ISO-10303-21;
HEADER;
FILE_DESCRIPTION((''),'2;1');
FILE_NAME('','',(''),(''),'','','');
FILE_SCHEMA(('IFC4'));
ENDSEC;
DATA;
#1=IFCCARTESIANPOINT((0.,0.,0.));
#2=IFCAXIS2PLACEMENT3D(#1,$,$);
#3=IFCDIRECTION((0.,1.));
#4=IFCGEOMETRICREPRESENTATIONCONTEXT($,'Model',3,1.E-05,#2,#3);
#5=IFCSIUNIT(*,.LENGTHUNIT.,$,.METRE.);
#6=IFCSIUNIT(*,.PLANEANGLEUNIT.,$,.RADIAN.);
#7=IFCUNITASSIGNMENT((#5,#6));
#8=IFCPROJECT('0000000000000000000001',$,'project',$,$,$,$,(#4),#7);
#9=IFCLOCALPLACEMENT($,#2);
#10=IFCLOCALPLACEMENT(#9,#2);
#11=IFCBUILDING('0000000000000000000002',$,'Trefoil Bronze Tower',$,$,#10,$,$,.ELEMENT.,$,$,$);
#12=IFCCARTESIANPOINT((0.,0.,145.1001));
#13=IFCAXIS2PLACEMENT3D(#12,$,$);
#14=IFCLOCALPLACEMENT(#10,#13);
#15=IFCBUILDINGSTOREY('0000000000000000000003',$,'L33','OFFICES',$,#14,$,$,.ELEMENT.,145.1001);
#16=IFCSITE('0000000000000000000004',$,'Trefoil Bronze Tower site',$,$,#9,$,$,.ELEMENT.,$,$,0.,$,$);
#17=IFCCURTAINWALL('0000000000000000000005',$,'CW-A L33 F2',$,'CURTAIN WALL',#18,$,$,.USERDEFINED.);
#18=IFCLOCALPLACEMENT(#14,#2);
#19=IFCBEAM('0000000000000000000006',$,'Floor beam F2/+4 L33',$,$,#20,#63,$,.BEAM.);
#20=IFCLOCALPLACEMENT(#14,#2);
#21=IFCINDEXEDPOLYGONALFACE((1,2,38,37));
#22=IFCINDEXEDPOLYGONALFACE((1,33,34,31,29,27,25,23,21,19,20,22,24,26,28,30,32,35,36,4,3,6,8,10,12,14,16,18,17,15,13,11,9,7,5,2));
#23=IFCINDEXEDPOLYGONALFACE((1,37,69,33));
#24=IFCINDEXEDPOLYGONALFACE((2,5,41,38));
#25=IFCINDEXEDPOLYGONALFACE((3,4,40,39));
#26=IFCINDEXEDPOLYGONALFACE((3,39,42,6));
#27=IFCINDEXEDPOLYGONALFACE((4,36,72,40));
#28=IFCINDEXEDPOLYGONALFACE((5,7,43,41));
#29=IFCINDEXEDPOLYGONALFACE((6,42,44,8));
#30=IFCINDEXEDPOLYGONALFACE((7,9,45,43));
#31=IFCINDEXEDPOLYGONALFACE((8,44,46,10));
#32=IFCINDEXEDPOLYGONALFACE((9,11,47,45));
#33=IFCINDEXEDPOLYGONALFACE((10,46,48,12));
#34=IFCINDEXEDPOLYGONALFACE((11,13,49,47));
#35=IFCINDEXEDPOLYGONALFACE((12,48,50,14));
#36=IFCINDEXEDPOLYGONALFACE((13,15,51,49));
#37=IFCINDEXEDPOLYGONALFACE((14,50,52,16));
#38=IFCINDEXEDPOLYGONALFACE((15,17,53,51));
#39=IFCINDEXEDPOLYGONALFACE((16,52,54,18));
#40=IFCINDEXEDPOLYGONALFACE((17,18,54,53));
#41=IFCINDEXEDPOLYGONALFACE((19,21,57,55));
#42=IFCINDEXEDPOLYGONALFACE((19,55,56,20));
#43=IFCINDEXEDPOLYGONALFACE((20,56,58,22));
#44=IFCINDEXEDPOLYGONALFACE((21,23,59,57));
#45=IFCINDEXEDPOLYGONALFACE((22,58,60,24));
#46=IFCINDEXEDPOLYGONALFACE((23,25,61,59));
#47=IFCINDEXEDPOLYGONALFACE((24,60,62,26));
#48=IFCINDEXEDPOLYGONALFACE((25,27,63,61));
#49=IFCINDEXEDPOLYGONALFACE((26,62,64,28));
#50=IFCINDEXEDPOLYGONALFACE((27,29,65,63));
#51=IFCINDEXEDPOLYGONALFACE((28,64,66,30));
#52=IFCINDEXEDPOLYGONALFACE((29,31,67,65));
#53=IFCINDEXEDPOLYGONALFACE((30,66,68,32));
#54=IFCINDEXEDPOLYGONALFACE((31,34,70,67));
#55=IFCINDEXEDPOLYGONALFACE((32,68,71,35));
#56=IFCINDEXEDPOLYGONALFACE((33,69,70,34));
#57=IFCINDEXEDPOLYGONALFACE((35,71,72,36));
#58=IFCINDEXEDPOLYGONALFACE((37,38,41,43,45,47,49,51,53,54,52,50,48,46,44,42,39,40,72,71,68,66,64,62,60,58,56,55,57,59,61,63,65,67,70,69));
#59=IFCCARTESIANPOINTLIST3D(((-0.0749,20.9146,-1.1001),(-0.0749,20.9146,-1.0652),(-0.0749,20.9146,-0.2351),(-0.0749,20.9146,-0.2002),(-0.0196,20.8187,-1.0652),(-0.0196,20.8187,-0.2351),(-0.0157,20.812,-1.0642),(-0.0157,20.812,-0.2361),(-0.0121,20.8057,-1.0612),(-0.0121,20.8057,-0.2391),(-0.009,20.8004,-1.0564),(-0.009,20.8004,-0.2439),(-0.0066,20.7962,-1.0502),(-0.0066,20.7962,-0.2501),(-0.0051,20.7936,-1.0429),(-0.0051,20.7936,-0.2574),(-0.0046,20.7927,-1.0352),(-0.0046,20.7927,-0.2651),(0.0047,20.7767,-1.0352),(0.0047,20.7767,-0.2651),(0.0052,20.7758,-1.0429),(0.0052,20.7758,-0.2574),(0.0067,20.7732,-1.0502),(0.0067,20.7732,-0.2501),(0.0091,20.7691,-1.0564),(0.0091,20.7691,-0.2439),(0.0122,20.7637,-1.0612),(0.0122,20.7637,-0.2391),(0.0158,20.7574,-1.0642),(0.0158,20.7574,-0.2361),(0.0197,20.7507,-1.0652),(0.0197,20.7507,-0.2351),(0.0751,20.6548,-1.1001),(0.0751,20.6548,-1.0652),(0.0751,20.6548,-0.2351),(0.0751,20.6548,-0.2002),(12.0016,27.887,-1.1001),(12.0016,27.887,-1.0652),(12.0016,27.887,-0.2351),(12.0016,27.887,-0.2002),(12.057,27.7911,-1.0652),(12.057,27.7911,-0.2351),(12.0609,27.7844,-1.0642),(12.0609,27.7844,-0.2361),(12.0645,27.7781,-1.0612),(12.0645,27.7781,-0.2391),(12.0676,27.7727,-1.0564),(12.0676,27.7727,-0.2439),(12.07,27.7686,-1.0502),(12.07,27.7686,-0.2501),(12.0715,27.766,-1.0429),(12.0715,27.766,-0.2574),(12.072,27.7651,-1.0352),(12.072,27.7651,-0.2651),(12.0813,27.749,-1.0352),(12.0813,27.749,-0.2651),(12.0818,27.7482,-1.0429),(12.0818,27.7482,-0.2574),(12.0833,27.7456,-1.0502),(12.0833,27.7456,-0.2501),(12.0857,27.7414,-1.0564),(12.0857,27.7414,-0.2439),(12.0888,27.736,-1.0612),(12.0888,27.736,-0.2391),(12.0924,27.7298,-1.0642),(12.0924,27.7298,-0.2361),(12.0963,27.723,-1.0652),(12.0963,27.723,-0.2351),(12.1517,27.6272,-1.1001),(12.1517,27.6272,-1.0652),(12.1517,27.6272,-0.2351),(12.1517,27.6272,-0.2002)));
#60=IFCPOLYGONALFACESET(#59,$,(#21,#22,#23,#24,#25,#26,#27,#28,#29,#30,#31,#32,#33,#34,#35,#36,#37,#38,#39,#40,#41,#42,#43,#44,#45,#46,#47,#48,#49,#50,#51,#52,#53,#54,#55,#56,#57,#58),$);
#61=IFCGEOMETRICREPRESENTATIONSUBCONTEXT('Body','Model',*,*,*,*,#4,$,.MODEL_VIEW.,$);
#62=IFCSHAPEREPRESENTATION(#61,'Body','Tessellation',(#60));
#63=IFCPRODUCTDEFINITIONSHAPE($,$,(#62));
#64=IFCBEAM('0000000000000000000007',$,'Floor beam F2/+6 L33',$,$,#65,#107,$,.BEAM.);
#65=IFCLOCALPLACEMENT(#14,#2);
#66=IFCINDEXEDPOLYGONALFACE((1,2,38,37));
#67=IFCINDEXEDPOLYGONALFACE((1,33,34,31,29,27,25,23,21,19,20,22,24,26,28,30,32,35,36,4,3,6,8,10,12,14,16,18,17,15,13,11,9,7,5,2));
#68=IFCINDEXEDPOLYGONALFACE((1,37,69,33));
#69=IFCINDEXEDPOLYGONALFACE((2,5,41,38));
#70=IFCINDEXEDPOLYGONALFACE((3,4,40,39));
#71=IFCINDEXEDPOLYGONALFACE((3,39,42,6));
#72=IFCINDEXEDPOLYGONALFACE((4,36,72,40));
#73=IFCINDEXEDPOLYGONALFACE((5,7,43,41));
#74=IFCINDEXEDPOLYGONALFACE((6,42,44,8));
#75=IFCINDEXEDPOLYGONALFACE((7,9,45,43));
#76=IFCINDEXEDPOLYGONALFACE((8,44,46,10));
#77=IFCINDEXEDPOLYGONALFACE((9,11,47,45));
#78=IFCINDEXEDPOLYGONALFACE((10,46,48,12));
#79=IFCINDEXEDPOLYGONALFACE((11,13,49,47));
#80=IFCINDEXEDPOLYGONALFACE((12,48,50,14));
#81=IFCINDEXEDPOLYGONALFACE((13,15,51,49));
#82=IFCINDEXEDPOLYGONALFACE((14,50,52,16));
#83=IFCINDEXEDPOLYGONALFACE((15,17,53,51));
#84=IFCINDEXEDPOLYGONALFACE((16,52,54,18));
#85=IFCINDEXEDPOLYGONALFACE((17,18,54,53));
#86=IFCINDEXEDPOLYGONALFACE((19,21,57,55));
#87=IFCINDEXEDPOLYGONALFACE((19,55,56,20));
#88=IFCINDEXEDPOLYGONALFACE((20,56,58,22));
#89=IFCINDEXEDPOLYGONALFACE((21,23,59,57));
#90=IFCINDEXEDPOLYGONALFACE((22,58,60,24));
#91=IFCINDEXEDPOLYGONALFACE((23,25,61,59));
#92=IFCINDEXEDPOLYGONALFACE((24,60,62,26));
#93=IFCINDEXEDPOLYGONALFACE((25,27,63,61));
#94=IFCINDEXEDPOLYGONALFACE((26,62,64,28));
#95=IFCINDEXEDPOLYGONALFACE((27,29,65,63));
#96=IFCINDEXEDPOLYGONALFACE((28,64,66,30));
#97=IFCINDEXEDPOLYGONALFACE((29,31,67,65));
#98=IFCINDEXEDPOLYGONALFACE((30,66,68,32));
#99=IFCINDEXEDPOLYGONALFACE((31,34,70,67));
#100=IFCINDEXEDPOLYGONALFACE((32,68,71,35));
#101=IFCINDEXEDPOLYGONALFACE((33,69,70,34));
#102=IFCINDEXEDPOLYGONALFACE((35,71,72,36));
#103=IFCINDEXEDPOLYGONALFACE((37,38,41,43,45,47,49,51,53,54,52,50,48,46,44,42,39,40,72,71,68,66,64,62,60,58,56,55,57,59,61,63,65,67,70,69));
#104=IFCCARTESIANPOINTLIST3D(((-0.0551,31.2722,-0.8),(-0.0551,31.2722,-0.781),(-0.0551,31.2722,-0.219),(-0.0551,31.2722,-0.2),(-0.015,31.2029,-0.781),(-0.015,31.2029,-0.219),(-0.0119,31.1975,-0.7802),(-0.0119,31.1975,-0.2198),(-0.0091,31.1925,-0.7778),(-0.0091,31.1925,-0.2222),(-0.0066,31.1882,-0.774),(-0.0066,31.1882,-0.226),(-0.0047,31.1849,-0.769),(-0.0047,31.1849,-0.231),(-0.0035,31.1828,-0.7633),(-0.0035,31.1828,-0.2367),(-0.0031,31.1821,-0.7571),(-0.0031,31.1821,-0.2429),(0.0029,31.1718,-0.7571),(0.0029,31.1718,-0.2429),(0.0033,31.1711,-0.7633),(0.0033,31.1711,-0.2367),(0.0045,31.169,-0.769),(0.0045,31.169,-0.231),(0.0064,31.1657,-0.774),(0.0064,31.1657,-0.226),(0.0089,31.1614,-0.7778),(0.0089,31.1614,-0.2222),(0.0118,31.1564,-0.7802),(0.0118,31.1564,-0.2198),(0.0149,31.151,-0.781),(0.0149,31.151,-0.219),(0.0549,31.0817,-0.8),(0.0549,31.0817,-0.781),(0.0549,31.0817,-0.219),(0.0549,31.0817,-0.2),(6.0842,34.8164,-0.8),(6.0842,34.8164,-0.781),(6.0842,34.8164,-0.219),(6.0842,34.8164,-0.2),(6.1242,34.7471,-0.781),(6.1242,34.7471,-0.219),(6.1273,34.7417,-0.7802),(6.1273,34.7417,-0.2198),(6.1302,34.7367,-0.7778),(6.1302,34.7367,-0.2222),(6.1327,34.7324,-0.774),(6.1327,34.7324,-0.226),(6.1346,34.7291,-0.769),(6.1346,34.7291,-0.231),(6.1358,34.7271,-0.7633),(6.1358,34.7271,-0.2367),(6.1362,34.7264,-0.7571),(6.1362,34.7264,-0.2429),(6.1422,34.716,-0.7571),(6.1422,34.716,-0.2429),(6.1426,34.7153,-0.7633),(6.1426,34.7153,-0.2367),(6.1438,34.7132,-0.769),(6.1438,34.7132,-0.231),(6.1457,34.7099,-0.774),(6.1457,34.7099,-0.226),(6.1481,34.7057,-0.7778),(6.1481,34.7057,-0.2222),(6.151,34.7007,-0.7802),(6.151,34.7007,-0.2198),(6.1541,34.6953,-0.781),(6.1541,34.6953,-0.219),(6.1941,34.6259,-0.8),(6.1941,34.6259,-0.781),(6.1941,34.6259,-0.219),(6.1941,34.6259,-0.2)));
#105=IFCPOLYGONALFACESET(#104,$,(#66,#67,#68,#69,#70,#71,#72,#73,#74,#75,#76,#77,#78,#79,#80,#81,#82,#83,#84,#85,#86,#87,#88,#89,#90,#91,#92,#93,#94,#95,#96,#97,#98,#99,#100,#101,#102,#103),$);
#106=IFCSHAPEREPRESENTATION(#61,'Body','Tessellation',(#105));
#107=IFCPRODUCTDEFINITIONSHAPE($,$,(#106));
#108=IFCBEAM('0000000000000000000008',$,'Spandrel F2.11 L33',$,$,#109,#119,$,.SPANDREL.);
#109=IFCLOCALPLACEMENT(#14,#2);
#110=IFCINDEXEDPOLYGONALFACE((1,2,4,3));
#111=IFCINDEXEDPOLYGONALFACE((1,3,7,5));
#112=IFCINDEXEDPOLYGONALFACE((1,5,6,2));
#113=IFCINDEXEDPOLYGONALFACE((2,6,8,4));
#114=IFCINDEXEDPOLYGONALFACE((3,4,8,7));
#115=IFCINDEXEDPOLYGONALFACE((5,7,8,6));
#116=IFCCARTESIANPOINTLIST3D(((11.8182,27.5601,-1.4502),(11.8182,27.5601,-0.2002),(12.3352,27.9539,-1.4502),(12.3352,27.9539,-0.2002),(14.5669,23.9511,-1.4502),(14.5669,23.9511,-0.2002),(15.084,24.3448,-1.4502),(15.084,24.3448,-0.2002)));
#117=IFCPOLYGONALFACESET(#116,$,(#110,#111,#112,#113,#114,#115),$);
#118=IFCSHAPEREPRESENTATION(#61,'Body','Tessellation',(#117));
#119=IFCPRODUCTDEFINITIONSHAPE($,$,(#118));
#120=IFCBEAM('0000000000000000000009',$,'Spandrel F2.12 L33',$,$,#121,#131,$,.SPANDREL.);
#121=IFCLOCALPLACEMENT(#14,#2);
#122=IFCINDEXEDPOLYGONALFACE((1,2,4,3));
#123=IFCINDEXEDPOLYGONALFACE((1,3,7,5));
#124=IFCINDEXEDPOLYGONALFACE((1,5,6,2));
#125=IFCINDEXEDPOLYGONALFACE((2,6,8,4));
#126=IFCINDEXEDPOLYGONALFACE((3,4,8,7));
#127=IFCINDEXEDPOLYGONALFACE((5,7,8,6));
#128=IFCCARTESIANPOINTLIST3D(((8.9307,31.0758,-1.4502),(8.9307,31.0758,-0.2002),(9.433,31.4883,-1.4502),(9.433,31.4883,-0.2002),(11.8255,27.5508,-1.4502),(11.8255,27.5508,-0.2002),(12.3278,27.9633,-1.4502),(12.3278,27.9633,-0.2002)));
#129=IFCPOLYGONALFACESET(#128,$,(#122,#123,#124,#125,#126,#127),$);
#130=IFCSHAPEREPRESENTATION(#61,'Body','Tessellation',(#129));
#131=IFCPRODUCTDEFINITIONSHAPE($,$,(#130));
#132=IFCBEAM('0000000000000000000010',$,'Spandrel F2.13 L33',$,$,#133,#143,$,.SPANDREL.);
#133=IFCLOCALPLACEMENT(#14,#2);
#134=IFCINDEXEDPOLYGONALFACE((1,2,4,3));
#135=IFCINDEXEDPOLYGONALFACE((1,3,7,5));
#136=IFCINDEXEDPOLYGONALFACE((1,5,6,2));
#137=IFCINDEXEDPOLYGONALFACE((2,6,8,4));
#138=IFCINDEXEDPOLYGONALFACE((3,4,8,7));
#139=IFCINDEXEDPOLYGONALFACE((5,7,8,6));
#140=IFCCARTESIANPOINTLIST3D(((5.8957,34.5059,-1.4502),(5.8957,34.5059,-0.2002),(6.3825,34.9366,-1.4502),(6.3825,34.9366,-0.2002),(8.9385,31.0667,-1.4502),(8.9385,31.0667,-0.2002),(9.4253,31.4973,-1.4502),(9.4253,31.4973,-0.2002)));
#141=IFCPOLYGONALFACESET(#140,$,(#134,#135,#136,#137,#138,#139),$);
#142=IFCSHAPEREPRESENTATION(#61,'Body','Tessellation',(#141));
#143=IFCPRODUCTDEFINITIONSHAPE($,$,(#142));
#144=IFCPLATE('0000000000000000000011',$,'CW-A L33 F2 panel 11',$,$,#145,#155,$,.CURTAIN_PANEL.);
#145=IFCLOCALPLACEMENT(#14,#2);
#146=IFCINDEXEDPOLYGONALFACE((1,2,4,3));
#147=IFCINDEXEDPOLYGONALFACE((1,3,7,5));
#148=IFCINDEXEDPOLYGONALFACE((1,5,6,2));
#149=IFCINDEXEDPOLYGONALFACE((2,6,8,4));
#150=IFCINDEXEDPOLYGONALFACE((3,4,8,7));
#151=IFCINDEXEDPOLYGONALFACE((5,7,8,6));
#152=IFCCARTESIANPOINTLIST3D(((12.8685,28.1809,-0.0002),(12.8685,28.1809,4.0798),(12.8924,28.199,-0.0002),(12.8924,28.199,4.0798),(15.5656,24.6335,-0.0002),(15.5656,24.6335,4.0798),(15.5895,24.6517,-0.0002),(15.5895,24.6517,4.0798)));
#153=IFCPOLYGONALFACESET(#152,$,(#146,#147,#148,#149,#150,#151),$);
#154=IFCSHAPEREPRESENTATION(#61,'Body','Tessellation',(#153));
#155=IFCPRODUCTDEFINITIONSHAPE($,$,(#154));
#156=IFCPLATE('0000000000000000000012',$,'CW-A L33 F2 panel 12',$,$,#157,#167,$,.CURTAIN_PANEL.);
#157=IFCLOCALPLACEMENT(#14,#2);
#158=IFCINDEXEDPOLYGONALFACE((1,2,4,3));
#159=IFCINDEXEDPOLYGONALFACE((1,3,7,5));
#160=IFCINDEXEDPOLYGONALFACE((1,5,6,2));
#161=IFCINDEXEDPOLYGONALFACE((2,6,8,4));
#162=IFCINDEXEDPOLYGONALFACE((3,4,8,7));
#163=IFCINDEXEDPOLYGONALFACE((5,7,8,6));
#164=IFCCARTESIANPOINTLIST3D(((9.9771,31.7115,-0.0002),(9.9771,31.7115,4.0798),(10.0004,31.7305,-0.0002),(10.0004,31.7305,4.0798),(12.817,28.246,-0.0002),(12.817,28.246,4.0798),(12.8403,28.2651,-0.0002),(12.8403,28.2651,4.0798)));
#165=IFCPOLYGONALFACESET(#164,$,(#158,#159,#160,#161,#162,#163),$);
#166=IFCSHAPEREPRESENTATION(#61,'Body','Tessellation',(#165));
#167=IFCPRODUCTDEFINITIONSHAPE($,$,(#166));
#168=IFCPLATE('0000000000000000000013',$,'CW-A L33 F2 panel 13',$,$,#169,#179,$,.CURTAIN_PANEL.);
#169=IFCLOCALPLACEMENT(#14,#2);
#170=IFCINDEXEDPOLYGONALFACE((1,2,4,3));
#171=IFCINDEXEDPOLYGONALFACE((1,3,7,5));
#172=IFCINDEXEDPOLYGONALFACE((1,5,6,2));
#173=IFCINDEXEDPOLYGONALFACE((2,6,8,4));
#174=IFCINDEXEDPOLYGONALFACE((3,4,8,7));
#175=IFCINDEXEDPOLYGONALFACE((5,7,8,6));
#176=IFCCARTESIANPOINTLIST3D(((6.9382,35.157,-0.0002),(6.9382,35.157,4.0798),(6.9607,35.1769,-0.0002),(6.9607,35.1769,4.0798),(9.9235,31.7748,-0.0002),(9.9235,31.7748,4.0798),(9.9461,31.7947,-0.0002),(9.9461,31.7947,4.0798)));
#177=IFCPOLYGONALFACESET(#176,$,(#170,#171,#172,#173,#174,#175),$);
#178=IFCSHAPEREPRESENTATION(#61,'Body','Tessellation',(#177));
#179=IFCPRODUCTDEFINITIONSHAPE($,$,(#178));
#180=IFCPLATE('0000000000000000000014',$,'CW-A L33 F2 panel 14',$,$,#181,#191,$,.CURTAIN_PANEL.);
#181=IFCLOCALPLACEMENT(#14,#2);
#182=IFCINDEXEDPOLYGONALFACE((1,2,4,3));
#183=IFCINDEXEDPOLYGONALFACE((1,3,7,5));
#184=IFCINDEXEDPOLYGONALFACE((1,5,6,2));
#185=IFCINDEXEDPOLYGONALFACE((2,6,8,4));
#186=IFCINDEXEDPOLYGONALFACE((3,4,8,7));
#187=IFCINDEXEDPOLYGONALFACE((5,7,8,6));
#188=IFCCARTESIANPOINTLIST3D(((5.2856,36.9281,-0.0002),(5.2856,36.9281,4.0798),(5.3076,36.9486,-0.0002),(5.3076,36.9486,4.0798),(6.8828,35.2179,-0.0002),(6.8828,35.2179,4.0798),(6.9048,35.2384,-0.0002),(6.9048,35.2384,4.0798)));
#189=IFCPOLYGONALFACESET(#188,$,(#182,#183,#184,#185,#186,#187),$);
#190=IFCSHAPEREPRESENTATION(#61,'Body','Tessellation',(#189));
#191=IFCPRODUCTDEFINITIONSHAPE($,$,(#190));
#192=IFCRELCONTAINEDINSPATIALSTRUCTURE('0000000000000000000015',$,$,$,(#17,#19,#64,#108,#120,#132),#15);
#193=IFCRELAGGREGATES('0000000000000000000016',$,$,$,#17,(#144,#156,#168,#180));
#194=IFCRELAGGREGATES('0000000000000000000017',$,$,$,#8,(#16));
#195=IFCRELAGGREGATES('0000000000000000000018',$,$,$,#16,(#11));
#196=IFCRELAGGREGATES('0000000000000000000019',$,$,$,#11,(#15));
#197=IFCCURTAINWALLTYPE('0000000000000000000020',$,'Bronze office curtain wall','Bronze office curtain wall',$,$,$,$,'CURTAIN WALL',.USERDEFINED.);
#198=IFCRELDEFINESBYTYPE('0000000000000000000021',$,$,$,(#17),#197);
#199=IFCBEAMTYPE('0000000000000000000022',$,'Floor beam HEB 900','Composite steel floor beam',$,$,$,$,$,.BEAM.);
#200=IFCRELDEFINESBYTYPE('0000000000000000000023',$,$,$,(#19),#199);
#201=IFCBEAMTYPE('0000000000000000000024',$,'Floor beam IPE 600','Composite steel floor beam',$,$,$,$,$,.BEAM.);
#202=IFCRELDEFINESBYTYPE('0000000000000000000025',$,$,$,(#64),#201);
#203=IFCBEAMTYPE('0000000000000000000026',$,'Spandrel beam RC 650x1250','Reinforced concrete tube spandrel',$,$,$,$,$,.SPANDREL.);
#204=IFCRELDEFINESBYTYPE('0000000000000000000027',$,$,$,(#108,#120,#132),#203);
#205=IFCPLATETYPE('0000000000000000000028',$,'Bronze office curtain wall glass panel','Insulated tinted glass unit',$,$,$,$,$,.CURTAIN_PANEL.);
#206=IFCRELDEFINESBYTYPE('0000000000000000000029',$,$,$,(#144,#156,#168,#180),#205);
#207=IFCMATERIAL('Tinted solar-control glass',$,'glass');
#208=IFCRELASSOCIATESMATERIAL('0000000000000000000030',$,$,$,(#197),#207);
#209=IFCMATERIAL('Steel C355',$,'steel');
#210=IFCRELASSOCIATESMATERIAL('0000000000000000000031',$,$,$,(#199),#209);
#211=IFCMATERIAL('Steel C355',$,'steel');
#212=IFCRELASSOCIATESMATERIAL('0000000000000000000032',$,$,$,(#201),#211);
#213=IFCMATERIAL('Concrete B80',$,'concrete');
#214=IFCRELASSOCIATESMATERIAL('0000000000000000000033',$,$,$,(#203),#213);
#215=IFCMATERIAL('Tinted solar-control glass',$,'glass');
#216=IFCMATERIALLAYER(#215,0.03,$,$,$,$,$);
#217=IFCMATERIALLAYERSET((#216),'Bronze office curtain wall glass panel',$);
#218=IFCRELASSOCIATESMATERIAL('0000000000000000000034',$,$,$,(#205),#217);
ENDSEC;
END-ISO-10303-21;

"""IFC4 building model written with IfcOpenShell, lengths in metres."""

from ifc_helpers import new_model, si_unit, direction, frame, origin, origin_2d, place, context, subcontext, project, spatial, rectangle, i_section, extrude, material, layer, layer_set, material_profile, profile_set, type_object, element, aggregate, save


model = new_model("IFC4")

# Units and contexts
model_context = context("Model", 3, precision=1e-05, world=origin(), true_north=direction((0.0, 1.0)))
body_context = subcontext(model_context, "Body", "Model", "MODEL_VIEW")
ifc_project = project(units=[si_unit("LENGTHUNIT", "METRE"), si_unit("PLANEANGLEUNIT", "RADIAN")], contexts=[model_context])

# Site, building, storey
site_placement = place(None, origin())
site = spatial("IfcSite", under=ifc_project, at=site_placement, Name="Trefoil Bronze Tower site", CompositionType="ELEMENT", RefElevation=0.0)
building_placement = place(site_placement, origin())
building = spatial("IfcBuilding", under=site, at=building_placement, Name="Trefoil Bronze Tower", CompositionType="ELEMENT")
storey_placement = place(building_placement, frame((0.0, 0.0, 145.1001)))
storey = spatial("IfcBuildingStorey", under=building, at=storey_placement, Name="L33", Description="OFFICES", CompositionType="ELEMENT", Elevation=145.1001)

# Curtain wall
ifc_material_1 = material(Name="Tinted solar-control glass", Category="glass")
curtain_wall_type_1 = type_object("IfcCurtainWallType", Name="Bronze office curtain wall", Description="Bronze office curtain wall", ElementType="CURTAIN WALL", PredefinedType="USERDEFINED", material=ifc_material_1)
curtain_wall_1_placement = place(storey_placement, origin())
curtain_wall_1 = element("IfcCurtainWall", 1, at=curtain_wall_1_placement, inside=storey, type_object=curtain_wall_type_1, Name="CW-A L33 F2", ObjectType="CURTAIN WALL", PredefinedType="USERDEFINED")

# Beams
ifc_material_2 = material(Name="Steel C355", Category="steel")
ifc_material_profile_1 = material_profile(ifc_material_2, i_section(OverallWidth=0.3, OverallDepth=0.8999, WebThickness=0.0186, FlangeThickness=0.0349, FilletRadius=0.03, at=origin_2d()), Name="HEB 900")
ifc_profile_set_1 = profile_set([ifc_material_profile_1], Name="Steel C355")
beam_type_1 = type_object("IfcBeamType", Name="Floor beam HEB 900", Description="Composite steel floor beam", PredefinedType="BEAM", material=ifc_profile_set_1)
beam_1_placement = place(storey_placement, frame((12.0767, 27.7571, -0.6501), z_axis=(-0.866027, -0.499997, 0.0), x_axis=(0.499997, -0.866027, 0.0)))
element("IfcBeam", 2, at=beam_1_placement, inside=storey, type_object=beam_type_1, Name="Floor beam F2/+4 L33", PredefinedType="BEAM", context=body_context, shape_type="SweptSolid", body=[
    extrude(i_section(OverallWidth=0.3, OverallDepth=0.8999, WebThickness=0.0186, FlangeThickness=0.0349, FilletRadius=0.03, at=origin_2d()), origin(), (0.0, 0.0, 1.0), 13.9448),
])
ifc_material_3 = material(Name="Steel C355", Category="steel")
ifc_material_profile_2 = material_profile(ifc_material_3, i_section(OverallWidth=0.22, OverallDepth=0.6001, WebThickness=0.012, FlangeThickness=0.019, FilletRadius=0.0239, at=origin_2d()), Name="IPE 600")
ifc_profile_set_2 = profile_set([ifc_material_profile_2], Name="Steel C355")
beam_type_2 = type_object("IfcBeamType", Name="Floor beam IPE 600", Description="Composite steel floor beam", PredefinedType="BEAM", material=ifc_profile_set_2)
beam_2_placement = place(storey_placement, frame((6.1392, 34.7212, -0.5), z_axis=(-0.866041, -0.499973, 0.0), x_axis=(0.499973, -0.866041, 0.0)))
element("IfcBeam", 3, at=beam_2_placement, inside=storey, type_object=beam_type_2, Name="Floor beam F2/+6 L33", PredefinedType="BEAM", context=body_context, shape_type="SweptSolid", body=[
    extrude(i_section(OverallWidth=0.22, OverallDepth=0.6001, WebThickness=0.012, FlangeThickness=0.019, FilletRadius=0.0239, at=origin_2d()), origin(), (0.0, 0.0, 1.0), 7.0889),
])
ifc_material_4 = material(Name="Concrete B80", Category="concrete")
ifc_material_profile_3 = material_profile(ifc_material_4, rectangle(XDim=0.6499, YDim=1.25, at=origin_2d()), Name="RC 650x1250")
ifc_profile_set_3 = profile_set([ifc_material_profile_3], Name="Concrete B80")
beam_type_3 = type_object("IfcBeamType", Name="Spandrel beam RC 650x1250", Description="Reinforced concrete tube spandrel", PredefinedType="SPANDREL", material=ifc_profile_set_3)
beam_3_placement = place(storey_placement, frame((14.8254, 24.1479, -0.8252), z_axis=(-0.605899, 0.795542, 0.0), x_axis=(-0.795542, -0.605899, 0.0)))
element("IfcBeam", 4, at=beam_3_placement, inside=storey, type_object=beam_type_3, Name="Spandrel F2.11 L33", PredefinedType="SPANDREL", context=body_context, shape_type="SweptSolid", body=[
    extrude(rectangle(XDim=0.6499, YDim=1.25, at=origin_2d()), origin(), (0.0, 0.0, 1.0), 4.5366),
])
beam_4_placement = place(storey_placement, frame((12.0767, 27.7571, -0.8252), z_axis=(-0.63465, 0.772799, 0.0), x_axis=(-0.772799, -0.63465, 0.0)))
element("IfcBeam", 5, at=beam_4_placement, inside=storey, type_object=beam_type_3, Name="Spandrel F2.12 L33", PredefinedType="SPANDREL", context=body_context, shape_type="SweptSolid", body=[
    extrude(rectangle(XDim=0.6499, YDim=1.25, at=origin_2d()), origin(), (0.0, 0.0, 1.0), 4.5613),
])
beam_5_placement = place(storey_placement, frame((9.1819, 31.282, -0.8252), z_axis=(-0.662616, 0.748959, 0.0), x_axis=(-0.748959, -0.662616, 0.0)))
element("IfcBeam", 6, at=beam_5_placement, inside=storey, type_object=beam_type_3, Name="Spandrel F2.13 L33", PredefinedType="SPANDREL", context=body_context, shape_type="SweptSolid", body=[
    extrude(rectangle(XDim=0.6499, YDim=1.25, at=origin_2d()), origin(), (0.0, 0.0, 1.0), 4.592),
])

# Plates
ifc_material_5 = material(Name="Tinted solar-control glass", Category="glass")
ifc_layer_1 = layer(ifc_material_5, 0.03)
ifc_layer_set_1 = layer_set([ifc_layer_1], Name="Bronze office curtain wall glass panel")
plate_type_1 = type_object("IfcPlateType", Name="Bronze office curtain wall glass panel", Description="Insulated tinted glass unit", PredefinedType="CURTAIN_PANEL", material=ifc_layer_set_1)
plate_1_placement = place(storey_placement, frame((14.229, 26.4163, -0.0002), z_axis=(0.0, 0.0, 1.0), x_axis=(-0.605252, 0.796034, 0.0)))
plate_1 = element("IfcPlate", 7, at=plate_1_placement, type_object=plate_type_1, Name="CW-A L33 F2 panel 11", PredefinedType="CURTAIN_PANEL", context=body_context, shape_type="SweptSolid", body=[
    extrude(rectangle(XDim=4.4563, YDim=0.03, at=origin_2d()), origin(), (0.0, 0.0, 1.0), 4.0801),
])
plate_2_placement = place(storey_placement, frame((11.4087, 29.9883, -0.0002), z_axis=(0.0, 0.0, 1.0), x_axis=(-0.63384, 0.773464, 0.0)))
plate_2 = element("IfcPlate", 8, at=plate_2_placement, type_object=plate_type_1, Name="CW-A L33 F2 panel 12", PredefinedType="CURTAIN_PANEL", context=body_context, shape_type="SweptSolid", body=[
    extrude(rectangle(XDim=4.4805, YDim=0.03, at=origin_2d()), origin(), (0.0, 0.0, 1.0), 4.0801),
])
plate_3_placement = place(storey_placement, frame((8.4421, 33.4758, -0.0002), z_axis=(0.0, 0.0, 1.0), x_axis=(-0.661751, 0.749723, 0.0)))
plate_3 = element("IfcPlate", 9, at=plate_3_placement, type_object=plate_type_1, Name="CW-A L33 F2 panel 13", PredefinedType="CURTAIN_PANEL", context=body_context, shape_type="SweptSolid", body=[
    extrude(rectangle(XDim=4.5112, YDim=0.03, at=origin_2d()), origin(), (0.0, 0.0, 1.0), 4.0801),
])
plate_4_placement = place(storey_placement, frame((6.0952, 36.0833, -0.0002), z_axis=(0.0, 0.0, 1.0), x_axis=(-0.682536, 0.730852, 0.0)))
plate_4 = element("IfcPlate", 10, at=plate_4_placement, type_object=plate_type_1, Name="CW-A L33 F2 panel 14", PredefinedType="CURTAIN_PANEL", context=body_context, shape_type="SweptSolid", body=[
    extrude(rectangle(XDim=2.3401, YDim=0.03, at=origin_2d()), origin(), (0.0, 0.0, 1.0), 4.0801),
])
aggregate(curtain_wall_1, [plate_1, plate_2, plate_3, plate_4])

save(model, "model.ifc")
